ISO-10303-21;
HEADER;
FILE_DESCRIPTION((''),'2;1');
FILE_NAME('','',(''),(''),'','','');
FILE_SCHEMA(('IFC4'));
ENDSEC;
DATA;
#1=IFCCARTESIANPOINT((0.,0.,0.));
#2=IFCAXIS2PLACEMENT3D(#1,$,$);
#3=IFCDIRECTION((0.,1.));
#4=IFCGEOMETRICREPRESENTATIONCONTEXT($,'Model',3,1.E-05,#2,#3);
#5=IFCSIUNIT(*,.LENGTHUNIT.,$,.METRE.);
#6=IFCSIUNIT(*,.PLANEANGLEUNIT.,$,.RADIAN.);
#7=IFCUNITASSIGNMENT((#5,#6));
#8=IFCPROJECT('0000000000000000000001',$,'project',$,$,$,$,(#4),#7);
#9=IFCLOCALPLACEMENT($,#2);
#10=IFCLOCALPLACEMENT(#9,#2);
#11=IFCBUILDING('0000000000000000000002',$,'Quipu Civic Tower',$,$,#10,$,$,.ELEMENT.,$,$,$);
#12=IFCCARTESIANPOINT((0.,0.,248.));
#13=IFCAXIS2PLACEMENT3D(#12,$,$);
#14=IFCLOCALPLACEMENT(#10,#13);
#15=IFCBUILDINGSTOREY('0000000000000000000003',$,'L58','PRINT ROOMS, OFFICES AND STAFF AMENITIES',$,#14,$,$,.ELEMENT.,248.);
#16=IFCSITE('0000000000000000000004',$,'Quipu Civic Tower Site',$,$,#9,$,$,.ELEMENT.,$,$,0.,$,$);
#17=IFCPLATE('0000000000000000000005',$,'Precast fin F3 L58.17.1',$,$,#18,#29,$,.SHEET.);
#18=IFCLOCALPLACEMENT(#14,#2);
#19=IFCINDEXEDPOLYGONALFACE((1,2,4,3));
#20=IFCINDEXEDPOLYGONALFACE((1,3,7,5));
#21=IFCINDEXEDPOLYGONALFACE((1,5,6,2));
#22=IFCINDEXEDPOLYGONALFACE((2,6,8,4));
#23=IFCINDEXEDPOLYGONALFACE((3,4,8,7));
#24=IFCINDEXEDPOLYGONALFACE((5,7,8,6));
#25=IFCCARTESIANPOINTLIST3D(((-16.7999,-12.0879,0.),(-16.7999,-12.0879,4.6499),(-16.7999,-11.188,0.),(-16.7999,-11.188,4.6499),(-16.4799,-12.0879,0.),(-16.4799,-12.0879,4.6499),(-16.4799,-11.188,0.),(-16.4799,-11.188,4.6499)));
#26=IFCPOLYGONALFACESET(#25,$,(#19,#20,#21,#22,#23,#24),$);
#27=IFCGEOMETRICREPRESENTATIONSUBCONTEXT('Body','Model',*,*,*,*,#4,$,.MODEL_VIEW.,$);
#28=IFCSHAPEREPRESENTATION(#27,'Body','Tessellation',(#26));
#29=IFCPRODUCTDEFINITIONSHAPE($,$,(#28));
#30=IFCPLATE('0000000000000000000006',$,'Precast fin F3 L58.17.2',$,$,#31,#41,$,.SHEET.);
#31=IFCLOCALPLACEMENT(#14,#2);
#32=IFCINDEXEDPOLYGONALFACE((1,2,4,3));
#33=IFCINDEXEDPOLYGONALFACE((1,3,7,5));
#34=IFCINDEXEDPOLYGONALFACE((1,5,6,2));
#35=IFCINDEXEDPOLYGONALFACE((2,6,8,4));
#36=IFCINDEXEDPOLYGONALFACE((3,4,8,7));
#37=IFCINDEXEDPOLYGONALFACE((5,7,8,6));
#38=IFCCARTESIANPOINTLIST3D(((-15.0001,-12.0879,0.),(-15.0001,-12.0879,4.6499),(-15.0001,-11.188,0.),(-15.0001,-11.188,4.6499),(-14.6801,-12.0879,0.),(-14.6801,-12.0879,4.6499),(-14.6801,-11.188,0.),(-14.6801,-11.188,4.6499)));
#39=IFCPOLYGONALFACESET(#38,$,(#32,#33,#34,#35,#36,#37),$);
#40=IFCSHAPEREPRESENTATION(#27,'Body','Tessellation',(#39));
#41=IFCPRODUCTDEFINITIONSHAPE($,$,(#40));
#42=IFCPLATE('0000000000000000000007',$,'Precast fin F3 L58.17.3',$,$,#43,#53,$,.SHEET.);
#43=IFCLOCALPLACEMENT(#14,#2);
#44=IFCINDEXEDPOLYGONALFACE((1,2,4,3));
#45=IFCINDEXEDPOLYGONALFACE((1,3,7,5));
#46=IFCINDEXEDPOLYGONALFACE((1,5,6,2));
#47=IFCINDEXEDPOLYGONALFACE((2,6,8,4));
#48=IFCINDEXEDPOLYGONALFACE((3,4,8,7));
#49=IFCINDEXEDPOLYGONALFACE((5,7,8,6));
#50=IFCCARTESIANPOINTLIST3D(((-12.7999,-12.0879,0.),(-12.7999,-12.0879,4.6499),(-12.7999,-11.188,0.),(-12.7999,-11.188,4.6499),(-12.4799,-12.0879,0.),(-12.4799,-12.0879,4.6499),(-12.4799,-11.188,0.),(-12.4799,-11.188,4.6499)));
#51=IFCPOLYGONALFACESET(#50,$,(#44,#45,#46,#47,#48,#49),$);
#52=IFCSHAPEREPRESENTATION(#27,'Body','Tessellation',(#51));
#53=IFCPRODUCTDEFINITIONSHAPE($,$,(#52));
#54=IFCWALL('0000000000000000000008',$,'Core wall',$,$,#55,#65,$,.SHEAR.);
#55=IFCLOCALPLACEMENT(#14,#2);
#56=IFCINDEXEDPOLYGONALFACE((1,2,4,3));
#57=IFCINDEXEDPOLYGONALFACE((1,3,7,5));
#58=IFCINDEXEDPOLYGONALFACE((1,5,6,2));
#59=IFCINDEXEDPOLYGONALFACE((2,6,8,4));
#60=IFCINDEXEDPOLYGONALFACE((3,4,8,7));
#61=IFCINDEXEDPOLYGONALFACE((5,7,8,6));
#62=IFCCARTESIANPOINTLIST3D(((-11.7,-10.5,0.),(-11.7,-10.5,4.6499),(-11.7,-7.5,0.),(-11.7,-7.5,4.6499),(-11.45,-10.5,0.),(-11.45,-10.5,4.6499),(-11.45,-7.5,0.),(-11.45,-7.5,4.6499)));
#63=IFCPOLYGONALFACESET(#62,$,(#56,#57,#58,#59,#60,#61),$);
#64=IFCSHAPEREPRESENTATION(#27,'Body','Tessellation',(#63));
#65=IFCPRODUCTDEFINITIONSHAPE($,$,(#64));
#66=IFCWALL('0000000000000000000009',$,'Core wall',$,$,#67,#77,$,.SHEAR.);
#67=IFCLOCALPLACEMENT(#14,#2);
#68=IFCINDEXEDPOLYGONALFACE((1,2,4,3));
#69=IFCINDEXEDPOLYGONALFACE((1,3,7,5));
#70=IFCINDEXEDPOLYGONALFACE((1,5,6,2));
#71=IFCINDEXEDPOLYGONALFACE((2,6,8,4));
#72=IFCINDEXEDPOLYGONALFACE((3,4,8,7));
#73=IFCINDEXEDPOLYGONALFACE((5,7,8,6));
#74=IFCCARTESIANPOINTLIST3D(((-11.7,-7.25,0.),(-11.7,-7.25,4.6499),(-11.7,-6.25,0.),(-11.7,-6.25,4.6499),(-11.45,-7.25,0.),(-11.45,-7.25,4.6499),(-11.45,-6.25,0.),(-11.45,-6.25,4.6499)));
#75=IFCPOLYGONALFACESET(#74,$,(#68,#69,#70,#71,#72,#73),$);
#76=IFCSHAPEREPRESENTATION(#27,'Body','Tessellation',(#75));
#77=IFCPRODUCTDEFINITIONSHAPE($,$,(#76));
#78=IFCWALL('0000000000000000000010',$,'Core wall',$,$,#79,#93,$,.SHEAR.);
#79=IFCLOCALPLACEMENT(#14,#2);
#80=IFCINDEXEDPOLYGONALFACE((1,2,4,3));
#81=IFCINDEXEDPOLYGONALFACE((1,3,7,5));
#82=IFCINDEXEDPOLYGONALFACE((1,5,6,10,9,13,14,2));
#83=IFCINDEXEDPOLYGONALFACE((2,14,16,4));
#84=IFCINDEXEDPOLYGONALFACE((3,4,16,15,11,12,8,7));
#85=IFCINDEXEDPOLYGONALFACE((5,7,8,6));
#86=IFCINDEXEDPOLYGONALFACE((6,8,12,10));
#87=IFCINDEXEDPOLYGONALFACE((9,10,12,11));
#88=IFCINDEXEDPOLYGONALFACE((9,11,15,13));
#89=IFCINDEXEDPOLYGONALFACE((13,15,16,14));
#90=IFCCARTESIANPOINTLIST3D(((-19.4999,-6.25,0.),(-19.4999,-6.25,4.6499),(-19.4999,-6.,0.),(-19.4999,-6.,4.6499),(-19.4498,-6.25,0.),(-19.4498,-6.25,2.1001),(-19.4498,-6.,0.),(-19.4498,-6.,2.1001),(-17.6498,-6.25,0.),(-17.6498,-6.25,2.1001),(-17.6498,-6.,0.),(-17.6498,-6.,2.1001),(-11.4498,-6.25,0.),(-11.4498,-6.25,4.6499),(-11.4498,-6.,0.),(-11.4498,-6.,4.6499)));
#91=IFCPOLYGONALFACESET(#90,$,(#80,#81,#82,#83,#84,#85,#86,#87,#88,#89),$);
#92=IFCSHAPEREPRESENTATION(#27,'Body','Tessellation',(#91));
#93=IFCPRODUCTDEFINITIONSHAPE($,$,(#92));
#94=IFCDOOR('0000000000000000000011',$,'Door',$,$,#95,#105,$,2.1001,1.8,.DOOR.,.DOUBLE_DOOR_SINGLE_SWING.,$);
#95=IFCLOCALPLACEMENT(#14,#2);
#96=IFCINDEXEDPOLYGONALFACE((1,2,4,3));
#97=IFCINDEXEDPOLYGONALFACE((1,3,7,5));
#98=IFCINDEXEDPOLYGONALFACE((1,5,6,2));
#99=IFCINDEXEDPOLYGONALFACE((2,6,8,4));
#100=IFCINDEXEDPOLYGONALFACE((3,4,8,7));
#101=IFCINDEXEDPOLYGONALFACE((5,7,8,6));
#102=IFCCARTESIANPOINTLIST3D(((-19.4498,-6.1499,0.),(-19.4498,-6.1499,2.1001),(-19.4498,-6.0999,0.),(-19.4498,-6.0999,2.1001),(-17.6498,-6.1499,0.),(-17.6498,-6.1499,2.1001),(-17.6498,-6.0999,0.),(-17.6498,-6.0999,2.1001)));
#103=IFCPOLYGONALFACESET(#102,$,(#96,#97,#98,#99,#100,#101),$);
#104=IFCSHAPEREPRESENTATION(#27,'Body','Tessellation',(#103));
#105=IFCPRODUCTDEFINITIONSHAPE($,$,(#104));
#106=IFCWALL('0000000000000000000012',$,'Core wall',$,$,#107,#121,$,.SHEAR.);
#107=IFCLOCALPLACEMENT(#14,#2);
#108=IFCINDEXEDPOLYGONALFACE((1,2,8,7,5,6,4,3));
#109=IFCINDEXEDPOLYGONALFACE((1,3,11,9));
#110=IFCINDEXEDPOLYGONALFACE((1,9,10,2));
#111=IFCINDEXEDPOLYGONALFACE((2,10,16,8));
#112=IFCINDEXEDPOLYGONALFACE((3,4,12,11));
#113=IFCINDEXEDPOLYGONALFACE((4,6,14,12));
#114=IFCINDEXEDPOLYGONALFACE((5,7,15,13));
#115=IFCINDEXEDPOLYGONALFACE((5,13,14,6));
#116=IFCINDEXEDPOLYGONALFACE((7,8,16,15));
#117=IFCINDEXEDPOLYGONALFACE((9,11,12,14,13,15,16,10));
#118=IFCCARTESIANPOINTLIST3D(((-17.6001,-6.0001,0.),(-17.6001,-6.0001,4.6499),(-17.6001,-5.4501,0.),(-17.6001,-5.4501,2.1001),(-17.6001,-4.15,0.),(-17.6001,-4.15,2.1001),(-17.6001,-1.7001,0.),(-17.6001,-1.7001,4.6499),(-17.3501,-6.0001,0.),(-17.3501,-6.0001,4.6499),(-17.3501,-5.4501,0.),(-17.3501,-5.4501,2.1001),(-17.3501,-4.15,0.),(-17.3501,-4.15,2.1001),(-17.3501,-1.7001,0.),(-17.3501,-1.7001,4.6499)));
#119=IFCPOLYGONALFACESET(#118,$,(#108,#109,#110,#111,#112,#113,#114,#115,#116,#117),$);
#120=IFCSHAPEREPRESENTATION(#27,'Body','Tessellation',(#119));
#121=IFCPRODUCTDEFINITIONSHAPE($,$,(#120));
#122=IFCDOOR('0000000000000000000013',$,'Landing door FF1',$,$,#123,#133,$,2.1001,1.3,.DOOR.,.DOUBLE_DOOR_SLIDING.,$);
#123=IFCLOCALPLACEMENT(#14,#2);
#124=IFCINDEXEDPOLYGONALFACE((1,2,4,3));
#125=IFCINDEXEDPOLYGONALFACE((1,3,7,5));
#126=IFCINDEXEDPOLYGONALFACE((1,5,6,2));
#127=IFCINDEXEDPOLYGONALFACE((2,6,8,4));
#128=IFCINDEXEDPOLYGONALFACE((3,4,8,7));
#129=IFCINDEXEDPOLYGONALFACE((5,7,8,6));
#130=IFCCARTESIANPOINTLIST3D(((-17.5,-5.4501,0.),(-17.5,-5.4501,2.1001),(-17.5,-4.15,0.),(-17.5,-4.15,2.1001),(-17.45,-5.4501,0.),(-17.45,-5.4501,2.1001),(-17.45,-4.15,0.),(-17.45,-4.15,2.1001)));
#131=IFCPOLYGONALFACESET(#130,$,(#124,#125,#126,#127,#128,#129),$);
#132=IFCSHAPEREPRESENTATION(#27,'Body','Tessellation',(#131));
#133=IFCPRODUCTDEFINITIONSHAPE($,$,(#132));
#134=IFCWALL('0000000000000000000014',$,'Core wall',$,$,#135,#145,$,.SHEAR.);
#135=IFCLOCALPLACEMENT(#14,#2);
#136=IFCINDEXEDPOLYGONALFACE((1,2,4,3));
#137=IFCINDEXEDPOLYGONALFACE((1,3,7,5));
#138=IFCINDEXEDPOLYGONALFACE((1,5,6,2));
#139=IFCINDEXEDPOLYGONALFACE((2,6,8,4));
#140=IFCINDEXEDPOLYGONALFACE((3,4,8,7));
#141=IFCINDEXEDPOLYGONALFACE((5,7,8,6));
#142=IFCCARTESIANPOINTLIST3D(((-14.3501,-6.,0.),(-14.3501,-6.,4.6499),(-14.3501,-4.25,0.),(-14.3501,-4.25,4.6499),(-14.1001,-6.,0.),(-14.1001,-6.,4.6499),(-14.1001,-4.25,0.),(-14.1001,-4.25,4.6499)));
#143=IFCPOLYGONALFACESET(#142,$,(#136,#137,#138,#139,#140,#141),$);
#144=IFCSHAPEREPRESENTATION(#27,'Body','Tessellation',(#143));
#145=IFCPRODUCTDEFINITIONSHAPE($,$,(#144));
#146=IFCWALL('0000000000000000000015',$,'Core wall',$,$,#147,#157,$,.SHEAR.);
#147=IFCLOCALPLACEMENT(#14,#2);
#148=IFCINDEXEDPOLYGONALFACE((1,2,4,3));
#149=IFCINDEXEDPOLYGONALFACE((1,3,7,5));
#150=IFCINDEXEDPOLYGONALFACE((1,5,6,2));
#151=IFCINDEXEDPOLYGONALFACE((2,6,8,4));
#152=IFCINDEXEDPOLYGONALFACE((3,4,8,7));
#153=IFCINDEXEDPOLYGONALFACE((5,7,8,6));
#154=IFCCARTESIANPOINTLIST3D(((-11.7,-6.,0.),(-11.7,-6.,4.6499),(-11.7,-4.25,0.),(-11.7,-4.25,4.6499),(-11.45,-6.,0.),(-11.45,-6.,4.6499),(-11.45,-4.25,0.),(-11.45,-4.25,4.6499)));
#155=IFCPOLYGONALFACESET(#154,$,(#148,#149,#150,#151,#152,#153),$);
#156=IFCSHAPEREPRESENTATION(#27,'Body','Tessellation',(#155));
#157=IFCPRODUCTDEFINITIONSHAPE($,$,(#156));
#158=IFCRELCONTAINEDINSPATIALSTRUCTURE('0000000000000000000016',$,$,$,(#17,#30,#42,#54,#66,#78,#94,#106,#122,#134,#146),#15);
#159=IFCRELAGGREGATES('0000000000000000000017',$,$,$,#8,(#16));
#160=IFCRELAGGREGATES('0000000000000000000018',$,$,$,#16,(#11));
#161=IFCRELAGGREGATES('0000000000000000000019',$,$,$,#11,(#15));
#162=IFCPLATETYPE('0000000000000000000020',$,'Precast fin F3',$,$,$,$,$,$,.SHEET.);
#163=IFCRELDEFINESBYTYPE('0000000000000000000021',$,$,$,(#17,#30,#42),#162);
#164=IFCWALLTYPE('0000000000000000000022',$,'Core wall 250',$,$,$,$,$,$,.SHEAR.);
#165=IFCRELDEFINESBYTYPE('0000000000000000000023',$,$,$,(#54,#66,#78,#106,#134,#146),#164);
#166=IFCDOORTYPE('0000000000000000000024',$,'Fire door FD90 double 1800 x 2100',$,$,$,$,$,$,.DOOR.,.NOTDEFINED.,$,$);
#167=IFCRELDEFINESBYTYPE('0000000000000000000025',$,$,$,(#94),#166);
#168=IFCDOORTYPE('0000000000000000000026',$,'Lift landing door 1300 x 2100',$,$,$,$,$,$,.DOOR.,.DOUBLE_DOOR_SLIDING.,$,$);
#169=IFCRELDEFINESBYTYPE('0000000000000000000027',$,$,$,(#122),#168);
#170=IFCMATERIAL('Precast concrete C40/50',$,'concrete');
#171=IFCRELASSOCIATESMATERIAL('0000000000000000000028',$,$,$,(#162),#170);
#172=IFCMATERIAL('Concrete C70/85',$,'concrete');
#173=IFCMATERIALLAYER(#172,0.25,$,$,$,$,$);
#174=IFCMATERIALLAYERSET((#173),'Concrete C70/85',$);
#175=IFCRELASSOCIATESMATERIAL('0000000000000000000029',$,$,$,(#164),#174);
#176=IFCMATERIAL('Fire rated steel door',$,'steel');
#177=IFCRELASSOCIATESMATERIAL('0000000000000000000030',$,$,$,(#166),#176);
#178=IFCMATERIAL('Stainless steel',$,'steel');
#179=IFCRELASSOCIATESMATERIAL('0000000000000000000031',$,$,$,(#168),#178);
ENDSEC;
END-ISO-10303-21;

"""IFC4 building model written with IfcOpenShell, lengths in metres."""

from ifc_helpers import new_model, si_unit, direction, frame, frame_2d, origin, origin_2d, place, context, subcontext, project, spatial, rectangle, extrude, material, layer, layer_set, type_object, element, fill, save


model = new_model("IFC4")

# Units and contexts
model_context = context("Model", 3, precision=1e-05, world=origin(), true_north=direction((0.0, 1.0)))
body_context = subcontext(model_context, "Body", "Model", "MODEL_VIEW")
ifc_project = project(units=[si_unit("LENGTHUNIT", "METRE"), si_unit("PLANEANGLEUNIT", "RADIAN")], contexts=[model_context])

# Site, building, storey
site_placement = place(None, origin())
site = spatial("IfcSite", under=ifc_project, at=site_placement, Name="Quipu Civic Tower Site", CompositionType="ELEMENT", RefElevation=0.0)
building_placement = place(site_placement, origin())
building = spatial("IfcBuilding", under=site, at=building_placement, Name="Quipu Civic Tower", CompositionType="ELEMENT")
storey_placement = place(building_placement, frame((0.0, 0.0, 248.0)))
storey = spatial("IfcBuildingStorey", under=building, at=storey_placement, Name="L58", Description="PRINT ROOMS, OFFICES AND STAFF AMENITIES", CompositionType="ELEMENT", Elevation=248.0)

# Plates
ifc_material_1 = material(Name="Precast concrete C40/50", Category="concrete")
plate_type = type_object("IfcPlateType", Name="Precast fin F3", PredefinedType="SHEET", material=ifc_material_1)
for number, where, z_axis, x_axis, name in (
    (1, (-16.6399, -11.6379, 0.0), (0.0, 0.0, 1.0), (1.0, 0.0, 0.0), "Precast fin F3 L58.17.1"),
    (2, (-14.8401, -11.6379, 0.0), (0.0, 0.0, 1.0), (1.0, 0.0, 0.0), "Precast fin F3 L58.17.2"),
    (3, (-12.6399, -11.6379, 0.0), (0.0, 0.0, 1.0), (1.0, 0.0, 0.0), "Precast fin F3 L58.17.3"),
):
    element("IfcPlate", number, at=place(storey_placement, frame(where, z_axis=z_axis, x_axis=x_axis)), inside=storey, type_object=plate_type, Name=name, PredefinedType="SHEET", context=body_context, shape_type="SweptSolid", body=[
        extrude(rectangle(XDim=0.3201, YDim=0.8999, at=origin_2d()), origin(), (0.0, 0.0, 1.0), 4.6499),
    ])

# Walls
ifc_material_2 = material(Name="Concrete C70/85", Category="concrete")
ifc_layer_1 = layer(ifc_material_2, 0.25)
ifc_layer_set_1 = layer_set([ifc_layer_1], Name="Concrete C70/85")
wall_type_1 = type_object("IfcWallType", Name="Core wall 250", PredefinedType="SHEAR", material=ifc_layer_set_1)
wall_1_placement = place(storey_placement, frame((-11.575, -10.5, 0.0), z_axis=(0.0, 0.0, 1.0), x_axis=(0.0, 1.0, 0.0)))
element("IfcWall", 4, at=wall_1_placement, inside=storey, type_object=wall_type_1, Name="Core wall", PredefinedType="SHEAR", context=body_context, shape_type="SweptSolid", body=[
    extrude(rectangle(XDim=3.0, YDim=0.25, at=frame_2d((1.5, 0.0))), origin(), (0.0, 0.0, 1.0), 4.6499),
])
wall_2_placement = place(storey_placement, frame((-11.575, -7.25, 0.0), z_axis=(0.0, 0.0, 1.0), x_axis=(0.0, 1.0, 0.0)))
element("IfcWall", 5, at=wall_2_placement, inside=storey, type_object=wall_type_1, Name="Core wall", PredefinedType="SHEAR", context=body_context, shape_type="SweptSolid", body=[
    extrude(rectangle(XDim=1.0, YDim=0.25, at=frame_2d((0.5, 0.0))), origin(), (0.0, 0.0, 1.0), 4.6499),
])

# Walls, openings, doors
wall_3_placement = place(storey_placement, frame((-11.45, -6.125, 0.0), z_axis=(0.0, 0.0, 1.0), x_axis=(-1.0, 0.0, 0.0)))
wall_3 = element("IfcWall", 6, at=wall_3_placement, inside=storey, type_object=wall_type_1, Name="Core wall", PredefinedType="SHEAR", context=body_context, shape_type="SweptSolid", body=[
    extrude(rectangle(XDim=8.05, YDim=0.25, at=frame_2d((4.0249, 0.0))), origin(), (0.0, 0.0, 1.0), 4.6499),
])
opening_1_placement = place(wall_3_placement, frame((6.2, 0.0, 0.0)))
opening_1 = element("IfcOpeningElement", 7, at=opening_1_placement, cuts=wall_3, PredefinedType="OPENING", context=body_context, shape_type="SweptSolid", body=[
    extrude(rectangle(XDim=1.8, YDim=2.1001, at=frame_2d((0.8999, 1.05))), frame((0.0, 0.135, 0.0), z_axis=(0.0, -1.0, 0.0), x_axis=(1.0, 0.0, 0.0)), (0.0, 0.0, 1.0), 0.27),
])
ifc_material_3 = material(Name="Fire rated steel door", Category="steel")
door_type_1 = type_object("IfcDoorType", Name="Fire door FD90 double 1800 x 2100", OperationType="NOTDEFINED", PredefinedType="DOOR", material=ifc_material_3)
door_1_placement = place(opening_1_placement, origin())
door_1 = element("IfcDoor", 8, at=door_1_placement, inside=storey, type_object=door_type_1, Name="Door", OperationType="DOUBLE_DOOR_SINGLE_SWING", OverallHeight=2.1001, OverallWidth=1.8, PredefinedType="DOOR", context=body_context, shape_type="SweptSolid", body=[
    extrude(rectangle(XDim=1.8, YDim=2.1001, at=frame_2d((0.8999, 1.05))), frame((0.0, 0.0249, 0.0), z_axis=(0.0, -1.0, 0.0), x_axis=(1.0, 0.0, 0.0)), (0.0, 0.0, 1.0), 0.05),
])
fill(opening_1, door_1)
wall_4_placement = place(storey_placement, frame((-17.4751, -6.0, 0.0), z_axis=(0.0, 0.0, 1.0), x_axis=(0.0, 1.0, 0.0)))
wall_4 = element("IfcWall", 9, at=wall_4_placement, inside=storey, type_object=wall_type_1, Name="Core wall", PredefinedType="SHEAR", context=body_context, shape_type="SweptSolid", body=[
    extrude(rectangle(XDim=4.3, YDim=0.25, at=frame_2d((2.1499, 0.0))), origin(), (0.0, 0.0, 1.0), 4.6499),
])
opening_2_placement = place(wall_4_placement, frame((0.55, 0.0, 0.0)))
opening_2 = element("IfcOpeningElement", 10, at=opening_2_placement, cuts=wall_4, PredefinedType="OPENING", context=body_context, shape_type="SweptSolid", body=[
    extrude(rectangle(XDim=1.3, YDim=2.1001, at=frame_2d((0.6499, 1.05))), frame((0.0, 0.135, 0.0), z_axis=(0.0, -1.0, 0.0), x_axis=(1.0, 0.0, 0.0)), (0.0, 0.0, 1.0), 0.27),
])
ifc_material_4 = material(Name="Stainless steel", Category="steel")
door_type_2 = type_object("IfcDoorType", Name="Lift landing door 1300 x 2100", OperationType="DOUBLE_DOOR_SLIDING", PredefinedType="DOOR", material=ifc_material_4)
door_2_placement = place(opening_2_placement, origin())
door_2 = element("IfcDoor", 11, at=door_2_placement, inside=storey, type_object=door_type_2, Name="Landing door FF1", OperationType="DOUBLE_DOOR_SLIDING", OverallHeight=2.1001, OverallWidth=1.3, PredefinedType="DOOR", context=body_context, shape_type="SweptSolid", body=[
    extrude(rectangle(XDim=1.3, YDim=2.1001, at=frame_2d((0.6499, 1.05))), frame((0.0, 0.0249, 0.0), z_axis=(0.0, -1.0, 0.0), x_axis=(1.0, 0.0, 0.0)), (0.0, 0.0, 1.0), 0.05),
])
fill(opening_2, door_2)

# Walls
for number, where, z_axis, x_axis, name in (
    (12, (-14.2251, -6.0, 0.0), (0.0, 0.0, 1.0), (0.0, 1.0, 0.0), "Core wall"),
    (13, (-11.575, -6.0, 0.0), (0.0, 0.0, 1.0), (0.0, 1.0, 0.0), "Core wall"),
):
    element("IfcWall", number, at=place(storey_placement, frame(where, z_axis=z_axis, x_axis=x_axis)), inside=storey, type_object=wall_type_1, Name=name, PredefinedType="SHEAR", context=body_context, shape_type="SweptSolid", body=[
        extrude(rectangle(XDim=1.75, YDim=0.25, at=frame_2d((0.875, 0.0))), origin(), (0.0, 0.0, 1.0), 4.6499),
    ])

save(model, "model.ifc")
